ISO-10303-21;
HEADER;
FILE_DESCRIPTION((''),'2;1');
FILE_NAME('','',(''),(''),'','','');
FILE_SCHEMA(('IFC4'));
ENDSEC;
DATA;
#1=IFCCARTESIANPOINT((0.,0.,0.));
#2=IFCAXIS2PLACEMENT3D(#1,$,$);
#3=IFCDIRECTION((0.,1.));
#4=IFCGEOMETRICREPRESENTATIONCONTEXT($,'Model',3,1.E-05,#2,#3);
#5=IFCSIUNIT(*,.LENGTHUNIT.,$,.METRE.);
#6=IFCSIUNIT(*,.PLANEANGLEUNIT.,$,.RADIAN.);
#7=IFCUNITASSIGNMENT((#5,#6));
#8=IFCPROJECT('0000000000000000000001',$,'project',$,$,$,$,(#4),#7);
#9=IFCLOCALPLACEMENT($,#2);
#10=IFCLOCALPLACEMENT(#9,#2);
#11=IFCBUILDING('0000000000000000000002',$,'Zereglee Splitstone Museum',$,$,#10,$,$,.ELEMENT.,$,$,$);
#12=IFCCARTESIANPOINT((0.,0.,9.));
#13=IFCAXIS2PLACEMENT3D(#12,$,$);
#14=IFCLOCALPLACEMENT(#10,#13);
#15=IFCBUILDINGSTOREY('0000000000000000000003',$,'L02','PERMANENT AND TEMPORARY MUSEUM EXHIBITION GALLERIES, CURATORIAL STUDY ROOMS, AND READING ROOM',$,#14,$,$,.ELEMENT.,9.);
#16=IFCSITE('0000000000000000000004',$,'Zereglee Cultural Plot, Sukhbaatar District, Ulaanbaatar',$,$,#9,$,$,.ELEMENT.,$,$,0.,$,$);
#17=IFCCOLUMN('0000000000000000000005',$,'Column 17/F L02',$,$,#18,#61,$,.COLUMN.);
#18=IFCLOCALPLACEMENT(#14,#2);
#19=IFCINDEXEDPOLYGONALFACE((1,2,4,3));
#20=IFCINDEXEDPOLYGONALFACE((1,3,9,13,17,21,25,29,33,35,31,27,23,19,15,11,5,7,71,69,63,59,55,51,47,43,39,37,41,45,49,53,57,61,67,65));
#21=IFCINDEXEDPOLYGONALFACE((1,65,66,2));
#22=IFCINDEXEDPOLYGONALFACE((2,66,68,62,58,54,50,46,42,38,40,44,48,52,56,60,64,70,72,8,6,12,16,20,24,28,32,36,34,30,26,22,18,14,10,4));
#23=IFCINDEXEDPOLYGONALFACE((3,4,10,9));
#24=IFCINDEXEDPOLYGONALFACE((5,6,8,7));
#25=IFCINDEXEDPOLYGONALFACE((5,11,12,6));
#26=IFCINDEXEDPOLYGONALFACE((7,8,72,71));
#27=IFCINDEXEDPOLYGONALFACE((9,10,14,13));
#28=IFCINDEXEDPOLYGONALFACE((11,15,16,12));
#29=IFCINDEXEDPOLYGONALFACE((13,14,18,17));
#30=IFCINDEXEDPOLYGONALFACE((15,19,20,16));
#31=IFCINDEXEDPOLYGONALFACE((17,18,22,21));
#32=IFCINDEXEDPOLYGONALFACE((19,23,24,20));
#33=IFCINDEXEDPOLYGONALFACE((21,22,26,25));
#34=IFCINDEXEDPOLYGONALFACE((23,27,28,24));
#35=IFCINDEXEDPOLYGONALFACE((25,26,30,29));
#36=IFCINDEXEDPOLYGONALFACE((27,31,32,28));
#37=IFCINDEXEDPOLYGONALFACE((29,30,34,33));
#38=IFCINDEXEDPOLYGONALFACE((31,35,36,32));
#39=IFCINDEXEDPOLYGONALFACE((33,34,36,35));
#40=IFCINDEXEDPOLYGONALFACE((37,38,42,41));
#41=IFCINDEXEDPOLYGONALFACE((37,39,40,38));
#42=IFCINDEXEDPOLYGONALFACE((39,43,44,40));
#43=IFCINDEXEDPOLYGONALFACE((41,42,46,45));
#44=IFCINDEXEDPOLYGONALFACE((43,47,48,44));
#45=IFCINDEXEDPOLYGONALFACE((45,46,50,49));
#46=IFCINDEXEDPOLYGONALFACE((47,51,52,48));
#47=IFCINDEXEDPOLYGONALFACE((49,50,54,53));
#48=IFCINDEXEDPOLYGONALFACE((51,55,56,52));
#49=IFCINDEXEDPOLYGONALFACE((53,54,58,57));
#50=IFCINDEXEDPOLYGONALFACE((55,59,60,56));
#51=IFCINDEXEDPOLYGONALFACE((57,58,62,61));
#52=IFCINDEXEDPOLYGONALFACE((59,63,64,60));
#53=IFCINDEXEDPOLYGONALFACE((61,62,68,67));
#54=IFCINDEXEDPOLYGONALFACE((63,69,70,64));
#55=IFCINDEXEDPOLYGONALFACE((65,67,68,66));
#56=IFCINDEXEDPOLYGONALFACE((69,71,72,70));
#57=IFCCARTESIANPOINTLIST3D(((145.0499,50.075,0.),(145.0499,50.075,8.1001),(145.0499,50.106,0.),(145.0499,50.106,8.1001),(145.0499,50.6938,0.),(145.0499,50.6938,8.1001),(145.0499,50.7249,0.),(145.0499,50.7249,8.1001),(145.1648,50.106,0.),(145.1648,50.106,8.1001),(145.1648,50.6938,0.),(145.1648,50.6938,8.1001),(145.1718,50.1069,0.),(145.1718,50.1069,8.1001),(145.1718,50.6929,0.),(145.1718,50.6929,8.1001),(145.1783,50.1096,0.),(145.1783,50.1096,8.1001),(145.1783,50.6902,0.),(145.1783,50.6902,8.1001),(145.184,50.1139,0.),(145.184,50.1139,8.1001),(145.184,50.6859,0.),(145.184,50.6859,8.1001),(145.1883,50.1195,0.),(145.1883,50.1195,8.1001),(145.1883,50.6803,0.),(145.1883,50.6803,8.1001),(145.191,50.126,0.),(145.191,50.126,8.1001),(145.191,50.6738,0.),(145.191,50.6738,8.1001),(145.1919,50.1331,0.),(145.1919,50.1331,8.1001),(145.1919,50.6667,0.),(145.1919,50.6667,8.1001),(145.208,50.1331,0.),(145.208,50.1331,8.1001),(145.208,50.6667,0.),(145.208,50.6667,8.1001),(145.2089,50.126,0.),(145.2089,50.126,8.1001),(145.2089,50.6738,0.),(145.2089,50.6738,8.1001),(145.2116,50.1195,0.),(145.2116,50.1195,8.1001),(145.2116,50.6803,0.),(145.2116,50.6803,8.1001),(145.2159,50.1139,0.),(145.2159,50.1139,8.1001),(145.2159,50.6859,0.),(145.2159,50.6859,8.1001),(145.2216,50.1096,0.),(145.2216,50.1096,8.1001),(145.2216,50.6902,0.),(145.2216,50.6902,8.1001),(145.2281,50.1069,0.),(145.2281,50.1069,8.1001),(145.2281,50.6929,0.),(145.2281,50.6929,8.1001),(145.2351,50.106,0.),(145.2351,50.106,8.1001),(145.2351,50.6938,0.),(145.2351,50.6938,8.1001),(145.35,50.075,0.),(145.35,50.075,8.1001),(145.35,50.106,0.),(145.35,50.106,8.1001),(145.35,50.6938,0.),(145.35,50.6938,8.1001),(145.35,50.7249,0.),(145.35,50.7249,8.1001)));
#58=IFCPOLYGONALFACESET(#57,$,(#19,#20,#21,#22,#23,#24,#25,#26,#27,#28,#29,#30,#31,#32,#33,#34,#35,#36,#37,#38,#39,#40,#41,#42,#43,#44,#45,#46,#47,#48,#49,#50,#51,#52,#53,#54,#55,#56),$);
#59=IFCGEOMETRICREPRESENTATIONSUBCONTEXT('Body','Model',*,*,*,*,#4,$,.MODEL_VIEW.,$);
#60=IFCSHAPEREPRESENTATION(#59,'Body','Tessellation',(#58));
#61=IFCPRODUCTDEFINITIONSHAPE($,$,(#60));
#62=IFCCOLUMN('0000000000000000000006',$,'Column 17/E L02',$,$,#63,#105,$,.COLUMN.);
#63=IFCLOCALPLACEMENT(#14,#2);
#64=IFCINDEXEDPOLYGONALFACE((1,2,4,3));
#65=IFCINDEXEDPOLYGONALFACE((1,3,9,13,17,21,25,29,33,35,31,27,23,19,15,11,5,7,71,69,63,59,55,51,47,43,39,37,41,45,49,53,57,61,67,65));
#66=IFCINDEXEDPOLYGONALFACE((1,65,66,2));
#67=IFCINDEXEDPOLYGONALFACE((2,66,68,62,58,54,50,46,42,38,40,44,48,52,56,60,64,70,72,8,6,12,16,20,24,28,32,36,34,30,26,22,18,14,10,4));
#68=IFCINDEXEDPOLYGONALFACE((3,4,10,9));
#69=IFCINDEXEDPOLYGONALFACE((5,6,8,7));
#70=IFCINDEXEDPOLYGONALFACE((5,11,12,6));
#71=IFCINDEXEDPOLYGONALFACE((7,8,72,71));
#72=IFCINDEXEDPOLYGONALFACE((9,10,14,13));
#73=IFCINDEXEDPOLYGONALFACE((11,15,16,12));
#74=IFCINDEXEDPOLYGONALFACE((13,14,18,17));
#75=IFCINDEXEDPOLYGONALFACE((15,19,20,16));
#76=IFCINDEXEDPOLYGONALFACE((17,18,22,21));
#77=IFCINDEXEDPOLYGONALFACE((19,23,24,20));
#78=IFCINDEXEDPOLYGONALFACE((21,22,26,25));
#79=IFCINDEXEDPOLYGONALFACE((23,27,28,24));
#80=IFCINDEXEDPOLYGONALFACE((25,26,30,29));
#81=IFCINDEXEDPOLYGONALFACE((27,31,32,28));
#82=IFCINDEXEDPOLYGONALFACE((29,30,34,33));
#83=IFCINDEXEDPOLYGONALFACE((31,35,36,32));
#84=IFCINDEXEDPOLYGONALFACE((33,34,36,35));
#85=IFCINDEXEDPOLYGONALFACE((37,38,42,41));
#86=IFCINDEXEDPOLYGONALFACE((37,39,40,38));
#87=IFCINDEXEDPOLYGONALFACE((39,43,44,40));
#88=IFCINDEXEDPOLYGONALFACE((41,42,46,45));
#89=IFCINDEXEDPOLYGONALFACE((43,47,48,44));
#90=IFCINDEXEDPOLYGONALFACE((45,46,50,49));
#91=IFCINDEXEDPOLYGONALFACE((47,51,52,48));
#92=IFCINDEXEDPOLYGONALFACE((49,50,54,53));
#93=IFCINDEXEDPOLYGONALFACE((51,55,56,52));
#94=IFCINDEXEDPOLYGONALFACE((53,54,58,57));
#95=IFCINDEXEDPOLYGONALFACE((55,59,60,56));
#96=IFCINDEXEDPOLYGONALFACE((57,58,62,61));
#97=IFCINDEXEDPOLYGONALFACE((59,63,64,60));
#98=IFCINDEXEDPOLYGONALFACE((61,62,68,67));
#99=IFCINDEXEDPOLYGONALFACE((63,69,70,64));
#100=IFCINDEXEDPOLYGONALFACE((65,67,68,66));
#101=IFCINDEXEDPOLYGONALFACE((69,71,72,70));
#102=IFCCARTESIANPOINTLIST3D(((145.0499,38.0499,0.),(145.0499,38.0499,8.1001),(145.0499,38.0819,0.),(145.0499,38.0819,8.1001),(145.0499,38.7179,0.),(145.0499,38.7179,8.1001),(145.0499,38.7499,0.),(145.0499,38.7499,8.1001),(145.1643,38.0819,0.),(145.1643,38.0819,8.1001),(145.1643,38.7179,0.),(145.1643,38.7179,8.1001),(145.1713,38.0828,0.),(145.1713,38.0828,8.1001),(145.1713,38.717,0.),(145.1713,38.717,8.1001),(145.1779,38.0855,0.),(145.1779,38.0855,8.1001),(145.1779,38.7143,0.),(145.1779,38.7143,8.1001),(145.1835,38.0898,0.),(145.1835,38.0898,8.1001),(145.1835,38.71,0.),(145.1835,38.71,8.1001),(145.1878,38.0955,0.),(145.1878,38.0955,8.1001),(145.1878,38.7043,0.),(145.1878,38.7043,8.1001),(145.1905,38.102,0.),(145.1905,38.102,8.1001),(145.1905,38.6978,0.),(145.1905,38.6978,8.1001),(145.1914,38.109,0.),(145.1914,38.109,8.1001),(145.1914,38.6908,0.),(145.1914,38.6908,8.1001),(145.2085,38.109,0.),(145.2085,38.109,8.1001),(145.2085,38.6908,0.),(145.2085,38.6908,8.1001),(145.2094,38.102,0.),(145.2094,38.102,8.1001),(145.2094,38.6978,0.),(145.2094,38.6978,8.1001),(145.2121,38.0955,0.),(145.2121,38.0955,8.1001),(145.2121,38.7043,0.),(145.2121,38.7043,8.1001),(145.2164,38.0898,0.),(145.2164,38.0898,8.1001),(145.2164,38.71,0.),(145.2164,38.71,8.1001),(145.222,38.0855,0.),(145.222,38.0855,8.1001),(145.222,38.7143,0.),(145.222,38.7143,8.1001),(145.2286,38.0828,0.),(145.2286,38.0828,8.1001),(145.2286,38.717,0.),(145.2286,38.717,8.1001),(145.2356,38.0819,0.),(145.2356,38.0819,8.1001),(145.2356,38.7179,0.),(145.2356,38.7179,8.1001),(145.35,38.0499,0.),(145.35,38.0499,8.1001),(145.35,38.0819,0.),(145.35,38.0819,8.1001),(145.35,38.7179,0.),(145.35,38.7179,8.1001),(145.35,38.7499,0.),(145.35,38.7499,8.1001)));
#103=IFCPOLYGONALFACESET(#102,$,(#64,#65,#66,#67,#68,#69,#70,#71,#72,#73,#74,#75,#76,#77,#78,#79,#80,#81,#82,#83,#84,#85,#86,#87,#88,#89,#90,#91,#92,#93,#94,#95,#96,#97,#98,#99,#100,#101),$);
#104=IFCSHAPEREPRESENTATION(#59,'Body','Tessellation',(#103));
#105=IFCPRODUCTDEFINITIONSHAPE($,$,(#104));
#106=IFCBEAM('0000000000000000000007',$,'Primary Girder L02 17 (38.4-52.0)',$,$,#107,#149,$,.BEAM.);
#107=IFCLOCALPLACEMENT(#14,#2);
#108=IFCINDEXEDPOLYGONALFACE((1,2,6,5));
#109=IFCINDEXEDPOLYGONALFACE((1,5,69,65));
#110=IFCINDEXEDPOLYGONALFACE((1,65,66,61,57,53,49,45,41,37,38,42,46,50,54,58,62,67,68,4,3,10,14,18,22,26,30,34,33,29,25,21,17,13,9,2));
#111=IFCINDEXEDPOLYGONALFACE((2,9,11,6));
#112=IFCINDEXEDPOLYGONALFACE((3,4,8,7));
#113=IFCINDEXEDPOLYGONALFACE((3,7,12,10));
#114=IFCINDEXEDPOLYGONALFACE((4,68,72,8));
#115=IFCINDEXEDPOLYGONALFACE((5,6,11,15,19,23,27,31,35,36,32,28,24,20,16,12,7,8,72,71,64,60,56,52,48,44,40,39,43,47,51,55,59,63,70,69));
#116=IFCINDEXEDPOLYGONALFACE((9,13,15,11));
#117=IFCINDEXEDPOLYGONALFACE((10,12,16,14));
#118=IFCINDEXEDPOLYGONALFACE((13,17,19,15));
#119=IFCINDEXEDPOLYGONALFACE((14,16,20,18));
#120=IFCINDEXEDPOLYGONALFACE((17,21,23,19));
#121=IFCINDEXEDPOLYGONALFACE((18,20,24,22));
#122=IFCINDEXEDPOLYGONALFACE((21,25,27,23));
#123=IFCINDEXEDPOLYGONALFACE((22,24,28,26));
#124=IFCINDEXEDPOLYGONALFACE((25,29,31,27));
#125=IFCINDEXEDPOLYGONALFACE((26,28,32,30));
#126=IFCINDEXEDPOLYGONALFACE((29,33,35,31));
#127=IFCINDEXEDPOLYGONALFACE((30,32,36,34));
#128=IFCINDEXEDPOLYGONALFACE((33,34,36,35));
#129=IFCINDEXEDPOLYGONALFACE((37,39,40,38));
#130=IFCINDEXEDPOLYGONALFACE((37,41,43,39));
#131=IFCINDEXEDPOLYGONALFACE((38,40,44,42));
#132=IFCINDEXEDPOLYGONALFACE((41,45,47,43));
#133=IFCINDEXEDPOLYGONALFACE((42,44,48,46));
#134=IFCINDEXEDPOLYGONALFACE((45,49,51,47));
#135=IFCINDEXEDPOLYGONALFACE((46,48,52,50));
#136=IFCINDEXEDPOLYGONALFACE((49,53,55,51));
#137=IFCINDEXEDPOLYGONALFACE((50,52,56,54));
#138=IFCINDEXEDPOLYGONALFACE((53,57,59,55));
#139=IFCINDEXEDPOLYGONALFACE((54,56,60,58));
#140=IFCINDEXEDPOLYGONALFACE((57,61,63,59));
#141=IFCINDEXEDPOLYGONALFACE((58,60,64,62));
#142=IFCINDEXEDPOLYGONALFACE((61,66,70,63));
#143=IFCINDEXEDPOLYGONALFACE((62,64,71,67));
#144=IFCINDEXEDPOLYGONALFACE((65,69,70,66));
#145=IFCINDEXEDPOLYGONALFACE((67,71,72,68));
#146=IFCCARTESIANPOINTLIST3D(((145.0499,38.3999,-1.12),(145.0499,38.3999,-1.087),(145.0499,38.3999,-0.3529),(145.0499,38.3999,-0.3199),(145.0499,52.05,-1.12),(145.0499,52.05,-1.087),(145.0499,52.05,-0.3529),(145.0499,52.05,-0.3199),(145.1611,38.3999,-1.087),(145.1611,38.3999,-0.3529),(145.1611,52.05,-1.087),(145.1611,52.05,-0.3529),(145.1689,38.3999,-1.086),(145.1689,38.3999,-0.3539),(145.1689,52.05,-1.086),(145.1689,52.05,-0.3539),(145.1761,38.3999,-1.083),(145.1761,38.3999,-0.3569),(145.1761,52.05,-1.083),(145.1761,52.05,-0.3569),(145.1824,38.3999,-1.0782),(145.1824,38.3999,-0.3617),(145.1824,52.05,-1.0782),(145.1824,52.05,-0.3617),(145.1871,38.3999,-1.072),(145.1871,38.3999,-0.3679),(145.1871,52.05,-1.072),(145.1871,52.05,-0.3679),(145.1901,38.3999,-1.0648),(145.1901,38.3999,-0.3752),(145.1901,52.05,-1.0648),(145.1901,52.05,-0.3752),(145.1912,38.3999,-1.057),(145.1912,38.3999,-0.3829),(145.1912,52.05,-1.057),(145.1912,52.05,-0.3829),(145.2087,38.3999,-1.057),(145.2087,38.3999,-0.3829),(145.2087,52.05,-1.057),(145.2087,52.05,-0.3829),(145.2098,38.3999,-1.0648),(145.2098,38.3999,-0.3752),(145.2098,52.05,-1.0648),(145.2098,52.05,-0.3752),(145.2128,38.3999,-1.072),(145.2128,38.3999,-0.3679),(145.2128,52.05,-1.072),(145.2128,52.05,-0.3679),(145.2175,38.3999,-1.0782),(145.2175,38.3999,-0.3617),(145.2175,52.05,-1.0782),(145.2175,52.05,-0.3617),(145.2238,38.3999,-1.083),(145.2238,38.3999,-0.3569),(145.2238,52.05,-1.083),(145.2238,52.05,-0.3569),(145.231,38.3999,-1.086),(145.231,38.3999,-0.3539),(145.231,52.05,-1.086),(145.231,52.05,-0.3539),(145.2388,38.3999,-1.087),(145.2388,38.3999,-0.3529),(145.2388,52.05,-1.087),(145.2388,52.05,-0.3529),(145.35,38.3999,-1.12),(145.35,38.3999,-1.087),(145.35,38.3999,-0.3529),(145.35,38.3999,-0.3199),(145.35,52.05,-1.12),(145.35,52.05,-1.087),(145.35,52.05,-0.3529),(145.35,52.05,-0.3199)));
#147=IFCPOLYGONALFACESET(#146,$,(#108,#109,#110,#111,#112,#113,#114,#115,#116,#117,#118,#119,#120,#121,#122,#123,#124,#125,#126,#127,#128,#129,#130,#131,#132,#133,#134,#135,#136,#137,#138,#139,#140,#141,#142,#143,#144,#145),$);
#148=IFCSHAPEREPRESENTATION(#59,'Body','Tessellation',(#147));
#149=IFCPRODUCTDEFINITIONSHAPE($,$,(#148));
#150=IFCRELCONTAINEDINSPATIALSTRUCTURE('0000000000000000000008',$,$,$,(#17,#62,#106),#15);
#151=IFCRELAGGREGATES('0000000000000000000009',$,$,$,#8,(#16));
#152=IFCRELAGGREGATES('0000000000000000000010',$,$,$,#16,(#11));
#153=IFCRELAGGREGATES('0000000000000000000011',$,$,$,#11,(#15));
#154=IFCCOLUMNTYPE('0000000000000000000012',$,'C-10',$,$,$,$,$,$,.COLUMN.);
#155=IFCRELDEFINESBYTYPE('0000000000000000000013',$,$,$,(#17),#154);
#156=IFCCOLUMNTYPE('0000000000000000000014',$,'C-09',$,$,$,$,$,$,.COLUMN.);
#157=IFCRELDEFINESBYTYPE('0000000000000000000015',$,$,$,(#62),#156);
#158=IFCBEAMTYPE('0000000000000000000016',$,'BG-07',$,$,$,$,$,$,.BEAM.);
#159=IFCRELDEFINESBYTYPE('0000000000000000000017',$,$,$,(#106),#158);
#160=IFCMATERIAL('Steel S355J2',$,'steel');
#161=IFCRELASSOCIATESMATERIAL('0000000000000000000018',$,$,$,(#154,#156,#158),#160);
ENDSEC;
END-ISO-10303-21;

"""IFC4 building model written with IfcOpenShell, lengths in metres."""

from ifc_helpers import new_model, si_unit, direction, frame, origin, origin_2d, place, context, subcontext, project, spatial, i_section, extrude, material, material_profile, profile_set, type_object, element, save


model = new_model("IFC4")

# Units and contexts
model_context = context("Model", 3, precision=1e-05, world=origin(), true_north=direction((0.0, 1.0)))
body_context = subcontext(model_context, "Body", "Model", "MODEL_VIEW")
ifc_project = project(units=[si_unit("LENGTHUNIT", "METRE"), si_unit("PLANEANGLEUNIT", "RADIAN")], contexts=[model_context])

# Site, building, storey
site_placement = place(None, origin())
site = spatial("IfcSite", under=ifc_project, at=site_placement, Name="Zereglee Cultural Plot, Sukhbaatar District, Ulaanbaatar", CompositionType="ELEMENT", RefElevation=0.0)
building_placement = place(site_placement, origin())
building = spatial("IfcBuilding", under=site, at=building_placement, Name="Zereglee Splitstone Museum", CompositionType="ELEMENT")
storey_placement = place(building_placement, frame((0.0, 0.0, 9.0)))
storey = spatial("IfcBuildingStorey", under=building, at=storey_placement, Name="L02", Description="PERMANENT AND TEMPORARY MUSEUM EXHIBITION GALLERIES, CURATORIAL STUDY ROOMS, AND READING ROOM", CompositionType="ELEMENT", Elevation=9.0)

# Columns
ifc_material_1 = material(Name="Steel S355J2", Category="steel")
ifc_material_profile_1 = material_profile(ifc_material_1, i_section(OverallWidth=0.3, OverallDepth=0.6499, WebThickness=0.0161, FlangeThickness=0.031, FilletRadius=0.0271, at=origin_2d()), Name="HE 650 B")
ifc_profile_set_1 = profile_set([ifc_material_profile_1], Name="Steel S355J2")
column_type_1 = type_object("IfcColumnType", Name="C-10", PredefinedType="COLUMN", material=ifc_profile_set_1)
column_1_placement = place(storey_placement, frame((145.2, 50.3999, 0.0), z_axis=(0.0, 0.0, 1.0), x_axis=(1.0, 0.0, 0.0)))
element("IfcColumn", 1, at=column_1_placement, inside=storey, type_object=column_type_1, Name="Column 17/F L02", PredefinedType="COLUMN", context=body_context, shape_type="SweptSolid", body=[
    extrude(i_section(OverallWidth=0.3, OverallDepth=0.6499, WebThickness=0.0161, FlangeThickness=0.031, FilletRadius=0.0271, at=origin_2d()), origin(), (0.0, 0.0, 1.0), 8.1001),
])
ifc_material_profile_2 = material_profile(ifc_material_1, i_section(OverallWidth=0.3, OverallDepth=0.7, WebThickness=0.0171, FlangeThickness=0.032, FilletRadius=0.0271, at=origin_2d()), Name="HE 700 B")
ifc_profile_set_2 = profile_set([ifc_material_profile_2], Name="Steel S355J2")
column_type_2 = type_object("IfcColumnType", Name="C-09", PredefinedType="COLUMN", material=ifc_profile_set_2)
column_2_placement = place(storey_placement, frame((145.2, 38.3999, 0.0), z_axis=(0.0, 0.0, 1.0), x_axis=(1.0, 0.0, 0.0)))
element("IfcColumn", 2, at=column_2_placement, inside=storey, type_object=column_type_2, Name="Column 17/E L02", PredefinedType="COLUMN", context=body_context, shape_type="SweptSolid", body=[
    extrude(i_section(OverallWidth=0.3, OverallDepth=0.7, WebThickness=0.0171, FlangeThickness=0.032, FilletRadius=0.0271, at=origin_2d()), origin(), (0.0, 0.0, 1.0), 8.1001),
])

# Beam
ifc_material_profile_3 = material_profile(ifc_material_1, i_section(OverallWidth=0.3, OverallDepth=0.8, WebThickness=0.0176, FlangeThickness=0.033, FilletRadius=0.03, at=origin_2d()), Name="HE 800 B")
ifc_profile_set_3 = profile_set([ifc_material_profile_3], Name="Steel S355J2")
beam_type_1 = type_object("IfcBeamType", Name="BG-07", PredefinedType="BEAM", material=ifc_profile_set_3)
beam_1_placement = place(storey_placement, frame((145.2, 38.3999, -0.72), z_axis=(0.0, 1.0, 0.0), x_axis=(-1.0, 0.0, 0.0)))
element("IfcBeam", 3, at=beam_1_placement, inside=storey, type_object=beam_type_1, Name="Primary Girder L02 17 (38.4-52.0)", PredefinedType="BEAM", context=body_context, shape_type="SweptSolid", body=[
    extrude(i_section(OverallWidth=0.3, OverallDepth=0.8, WebThickness=0.0176, FlangeThickness=0.033, FilletRadius=0.03, at=origin_2d()), origin(), (0.0, 0.0, 1.0), 13.6501),
])

save(model, "model.ifc")
